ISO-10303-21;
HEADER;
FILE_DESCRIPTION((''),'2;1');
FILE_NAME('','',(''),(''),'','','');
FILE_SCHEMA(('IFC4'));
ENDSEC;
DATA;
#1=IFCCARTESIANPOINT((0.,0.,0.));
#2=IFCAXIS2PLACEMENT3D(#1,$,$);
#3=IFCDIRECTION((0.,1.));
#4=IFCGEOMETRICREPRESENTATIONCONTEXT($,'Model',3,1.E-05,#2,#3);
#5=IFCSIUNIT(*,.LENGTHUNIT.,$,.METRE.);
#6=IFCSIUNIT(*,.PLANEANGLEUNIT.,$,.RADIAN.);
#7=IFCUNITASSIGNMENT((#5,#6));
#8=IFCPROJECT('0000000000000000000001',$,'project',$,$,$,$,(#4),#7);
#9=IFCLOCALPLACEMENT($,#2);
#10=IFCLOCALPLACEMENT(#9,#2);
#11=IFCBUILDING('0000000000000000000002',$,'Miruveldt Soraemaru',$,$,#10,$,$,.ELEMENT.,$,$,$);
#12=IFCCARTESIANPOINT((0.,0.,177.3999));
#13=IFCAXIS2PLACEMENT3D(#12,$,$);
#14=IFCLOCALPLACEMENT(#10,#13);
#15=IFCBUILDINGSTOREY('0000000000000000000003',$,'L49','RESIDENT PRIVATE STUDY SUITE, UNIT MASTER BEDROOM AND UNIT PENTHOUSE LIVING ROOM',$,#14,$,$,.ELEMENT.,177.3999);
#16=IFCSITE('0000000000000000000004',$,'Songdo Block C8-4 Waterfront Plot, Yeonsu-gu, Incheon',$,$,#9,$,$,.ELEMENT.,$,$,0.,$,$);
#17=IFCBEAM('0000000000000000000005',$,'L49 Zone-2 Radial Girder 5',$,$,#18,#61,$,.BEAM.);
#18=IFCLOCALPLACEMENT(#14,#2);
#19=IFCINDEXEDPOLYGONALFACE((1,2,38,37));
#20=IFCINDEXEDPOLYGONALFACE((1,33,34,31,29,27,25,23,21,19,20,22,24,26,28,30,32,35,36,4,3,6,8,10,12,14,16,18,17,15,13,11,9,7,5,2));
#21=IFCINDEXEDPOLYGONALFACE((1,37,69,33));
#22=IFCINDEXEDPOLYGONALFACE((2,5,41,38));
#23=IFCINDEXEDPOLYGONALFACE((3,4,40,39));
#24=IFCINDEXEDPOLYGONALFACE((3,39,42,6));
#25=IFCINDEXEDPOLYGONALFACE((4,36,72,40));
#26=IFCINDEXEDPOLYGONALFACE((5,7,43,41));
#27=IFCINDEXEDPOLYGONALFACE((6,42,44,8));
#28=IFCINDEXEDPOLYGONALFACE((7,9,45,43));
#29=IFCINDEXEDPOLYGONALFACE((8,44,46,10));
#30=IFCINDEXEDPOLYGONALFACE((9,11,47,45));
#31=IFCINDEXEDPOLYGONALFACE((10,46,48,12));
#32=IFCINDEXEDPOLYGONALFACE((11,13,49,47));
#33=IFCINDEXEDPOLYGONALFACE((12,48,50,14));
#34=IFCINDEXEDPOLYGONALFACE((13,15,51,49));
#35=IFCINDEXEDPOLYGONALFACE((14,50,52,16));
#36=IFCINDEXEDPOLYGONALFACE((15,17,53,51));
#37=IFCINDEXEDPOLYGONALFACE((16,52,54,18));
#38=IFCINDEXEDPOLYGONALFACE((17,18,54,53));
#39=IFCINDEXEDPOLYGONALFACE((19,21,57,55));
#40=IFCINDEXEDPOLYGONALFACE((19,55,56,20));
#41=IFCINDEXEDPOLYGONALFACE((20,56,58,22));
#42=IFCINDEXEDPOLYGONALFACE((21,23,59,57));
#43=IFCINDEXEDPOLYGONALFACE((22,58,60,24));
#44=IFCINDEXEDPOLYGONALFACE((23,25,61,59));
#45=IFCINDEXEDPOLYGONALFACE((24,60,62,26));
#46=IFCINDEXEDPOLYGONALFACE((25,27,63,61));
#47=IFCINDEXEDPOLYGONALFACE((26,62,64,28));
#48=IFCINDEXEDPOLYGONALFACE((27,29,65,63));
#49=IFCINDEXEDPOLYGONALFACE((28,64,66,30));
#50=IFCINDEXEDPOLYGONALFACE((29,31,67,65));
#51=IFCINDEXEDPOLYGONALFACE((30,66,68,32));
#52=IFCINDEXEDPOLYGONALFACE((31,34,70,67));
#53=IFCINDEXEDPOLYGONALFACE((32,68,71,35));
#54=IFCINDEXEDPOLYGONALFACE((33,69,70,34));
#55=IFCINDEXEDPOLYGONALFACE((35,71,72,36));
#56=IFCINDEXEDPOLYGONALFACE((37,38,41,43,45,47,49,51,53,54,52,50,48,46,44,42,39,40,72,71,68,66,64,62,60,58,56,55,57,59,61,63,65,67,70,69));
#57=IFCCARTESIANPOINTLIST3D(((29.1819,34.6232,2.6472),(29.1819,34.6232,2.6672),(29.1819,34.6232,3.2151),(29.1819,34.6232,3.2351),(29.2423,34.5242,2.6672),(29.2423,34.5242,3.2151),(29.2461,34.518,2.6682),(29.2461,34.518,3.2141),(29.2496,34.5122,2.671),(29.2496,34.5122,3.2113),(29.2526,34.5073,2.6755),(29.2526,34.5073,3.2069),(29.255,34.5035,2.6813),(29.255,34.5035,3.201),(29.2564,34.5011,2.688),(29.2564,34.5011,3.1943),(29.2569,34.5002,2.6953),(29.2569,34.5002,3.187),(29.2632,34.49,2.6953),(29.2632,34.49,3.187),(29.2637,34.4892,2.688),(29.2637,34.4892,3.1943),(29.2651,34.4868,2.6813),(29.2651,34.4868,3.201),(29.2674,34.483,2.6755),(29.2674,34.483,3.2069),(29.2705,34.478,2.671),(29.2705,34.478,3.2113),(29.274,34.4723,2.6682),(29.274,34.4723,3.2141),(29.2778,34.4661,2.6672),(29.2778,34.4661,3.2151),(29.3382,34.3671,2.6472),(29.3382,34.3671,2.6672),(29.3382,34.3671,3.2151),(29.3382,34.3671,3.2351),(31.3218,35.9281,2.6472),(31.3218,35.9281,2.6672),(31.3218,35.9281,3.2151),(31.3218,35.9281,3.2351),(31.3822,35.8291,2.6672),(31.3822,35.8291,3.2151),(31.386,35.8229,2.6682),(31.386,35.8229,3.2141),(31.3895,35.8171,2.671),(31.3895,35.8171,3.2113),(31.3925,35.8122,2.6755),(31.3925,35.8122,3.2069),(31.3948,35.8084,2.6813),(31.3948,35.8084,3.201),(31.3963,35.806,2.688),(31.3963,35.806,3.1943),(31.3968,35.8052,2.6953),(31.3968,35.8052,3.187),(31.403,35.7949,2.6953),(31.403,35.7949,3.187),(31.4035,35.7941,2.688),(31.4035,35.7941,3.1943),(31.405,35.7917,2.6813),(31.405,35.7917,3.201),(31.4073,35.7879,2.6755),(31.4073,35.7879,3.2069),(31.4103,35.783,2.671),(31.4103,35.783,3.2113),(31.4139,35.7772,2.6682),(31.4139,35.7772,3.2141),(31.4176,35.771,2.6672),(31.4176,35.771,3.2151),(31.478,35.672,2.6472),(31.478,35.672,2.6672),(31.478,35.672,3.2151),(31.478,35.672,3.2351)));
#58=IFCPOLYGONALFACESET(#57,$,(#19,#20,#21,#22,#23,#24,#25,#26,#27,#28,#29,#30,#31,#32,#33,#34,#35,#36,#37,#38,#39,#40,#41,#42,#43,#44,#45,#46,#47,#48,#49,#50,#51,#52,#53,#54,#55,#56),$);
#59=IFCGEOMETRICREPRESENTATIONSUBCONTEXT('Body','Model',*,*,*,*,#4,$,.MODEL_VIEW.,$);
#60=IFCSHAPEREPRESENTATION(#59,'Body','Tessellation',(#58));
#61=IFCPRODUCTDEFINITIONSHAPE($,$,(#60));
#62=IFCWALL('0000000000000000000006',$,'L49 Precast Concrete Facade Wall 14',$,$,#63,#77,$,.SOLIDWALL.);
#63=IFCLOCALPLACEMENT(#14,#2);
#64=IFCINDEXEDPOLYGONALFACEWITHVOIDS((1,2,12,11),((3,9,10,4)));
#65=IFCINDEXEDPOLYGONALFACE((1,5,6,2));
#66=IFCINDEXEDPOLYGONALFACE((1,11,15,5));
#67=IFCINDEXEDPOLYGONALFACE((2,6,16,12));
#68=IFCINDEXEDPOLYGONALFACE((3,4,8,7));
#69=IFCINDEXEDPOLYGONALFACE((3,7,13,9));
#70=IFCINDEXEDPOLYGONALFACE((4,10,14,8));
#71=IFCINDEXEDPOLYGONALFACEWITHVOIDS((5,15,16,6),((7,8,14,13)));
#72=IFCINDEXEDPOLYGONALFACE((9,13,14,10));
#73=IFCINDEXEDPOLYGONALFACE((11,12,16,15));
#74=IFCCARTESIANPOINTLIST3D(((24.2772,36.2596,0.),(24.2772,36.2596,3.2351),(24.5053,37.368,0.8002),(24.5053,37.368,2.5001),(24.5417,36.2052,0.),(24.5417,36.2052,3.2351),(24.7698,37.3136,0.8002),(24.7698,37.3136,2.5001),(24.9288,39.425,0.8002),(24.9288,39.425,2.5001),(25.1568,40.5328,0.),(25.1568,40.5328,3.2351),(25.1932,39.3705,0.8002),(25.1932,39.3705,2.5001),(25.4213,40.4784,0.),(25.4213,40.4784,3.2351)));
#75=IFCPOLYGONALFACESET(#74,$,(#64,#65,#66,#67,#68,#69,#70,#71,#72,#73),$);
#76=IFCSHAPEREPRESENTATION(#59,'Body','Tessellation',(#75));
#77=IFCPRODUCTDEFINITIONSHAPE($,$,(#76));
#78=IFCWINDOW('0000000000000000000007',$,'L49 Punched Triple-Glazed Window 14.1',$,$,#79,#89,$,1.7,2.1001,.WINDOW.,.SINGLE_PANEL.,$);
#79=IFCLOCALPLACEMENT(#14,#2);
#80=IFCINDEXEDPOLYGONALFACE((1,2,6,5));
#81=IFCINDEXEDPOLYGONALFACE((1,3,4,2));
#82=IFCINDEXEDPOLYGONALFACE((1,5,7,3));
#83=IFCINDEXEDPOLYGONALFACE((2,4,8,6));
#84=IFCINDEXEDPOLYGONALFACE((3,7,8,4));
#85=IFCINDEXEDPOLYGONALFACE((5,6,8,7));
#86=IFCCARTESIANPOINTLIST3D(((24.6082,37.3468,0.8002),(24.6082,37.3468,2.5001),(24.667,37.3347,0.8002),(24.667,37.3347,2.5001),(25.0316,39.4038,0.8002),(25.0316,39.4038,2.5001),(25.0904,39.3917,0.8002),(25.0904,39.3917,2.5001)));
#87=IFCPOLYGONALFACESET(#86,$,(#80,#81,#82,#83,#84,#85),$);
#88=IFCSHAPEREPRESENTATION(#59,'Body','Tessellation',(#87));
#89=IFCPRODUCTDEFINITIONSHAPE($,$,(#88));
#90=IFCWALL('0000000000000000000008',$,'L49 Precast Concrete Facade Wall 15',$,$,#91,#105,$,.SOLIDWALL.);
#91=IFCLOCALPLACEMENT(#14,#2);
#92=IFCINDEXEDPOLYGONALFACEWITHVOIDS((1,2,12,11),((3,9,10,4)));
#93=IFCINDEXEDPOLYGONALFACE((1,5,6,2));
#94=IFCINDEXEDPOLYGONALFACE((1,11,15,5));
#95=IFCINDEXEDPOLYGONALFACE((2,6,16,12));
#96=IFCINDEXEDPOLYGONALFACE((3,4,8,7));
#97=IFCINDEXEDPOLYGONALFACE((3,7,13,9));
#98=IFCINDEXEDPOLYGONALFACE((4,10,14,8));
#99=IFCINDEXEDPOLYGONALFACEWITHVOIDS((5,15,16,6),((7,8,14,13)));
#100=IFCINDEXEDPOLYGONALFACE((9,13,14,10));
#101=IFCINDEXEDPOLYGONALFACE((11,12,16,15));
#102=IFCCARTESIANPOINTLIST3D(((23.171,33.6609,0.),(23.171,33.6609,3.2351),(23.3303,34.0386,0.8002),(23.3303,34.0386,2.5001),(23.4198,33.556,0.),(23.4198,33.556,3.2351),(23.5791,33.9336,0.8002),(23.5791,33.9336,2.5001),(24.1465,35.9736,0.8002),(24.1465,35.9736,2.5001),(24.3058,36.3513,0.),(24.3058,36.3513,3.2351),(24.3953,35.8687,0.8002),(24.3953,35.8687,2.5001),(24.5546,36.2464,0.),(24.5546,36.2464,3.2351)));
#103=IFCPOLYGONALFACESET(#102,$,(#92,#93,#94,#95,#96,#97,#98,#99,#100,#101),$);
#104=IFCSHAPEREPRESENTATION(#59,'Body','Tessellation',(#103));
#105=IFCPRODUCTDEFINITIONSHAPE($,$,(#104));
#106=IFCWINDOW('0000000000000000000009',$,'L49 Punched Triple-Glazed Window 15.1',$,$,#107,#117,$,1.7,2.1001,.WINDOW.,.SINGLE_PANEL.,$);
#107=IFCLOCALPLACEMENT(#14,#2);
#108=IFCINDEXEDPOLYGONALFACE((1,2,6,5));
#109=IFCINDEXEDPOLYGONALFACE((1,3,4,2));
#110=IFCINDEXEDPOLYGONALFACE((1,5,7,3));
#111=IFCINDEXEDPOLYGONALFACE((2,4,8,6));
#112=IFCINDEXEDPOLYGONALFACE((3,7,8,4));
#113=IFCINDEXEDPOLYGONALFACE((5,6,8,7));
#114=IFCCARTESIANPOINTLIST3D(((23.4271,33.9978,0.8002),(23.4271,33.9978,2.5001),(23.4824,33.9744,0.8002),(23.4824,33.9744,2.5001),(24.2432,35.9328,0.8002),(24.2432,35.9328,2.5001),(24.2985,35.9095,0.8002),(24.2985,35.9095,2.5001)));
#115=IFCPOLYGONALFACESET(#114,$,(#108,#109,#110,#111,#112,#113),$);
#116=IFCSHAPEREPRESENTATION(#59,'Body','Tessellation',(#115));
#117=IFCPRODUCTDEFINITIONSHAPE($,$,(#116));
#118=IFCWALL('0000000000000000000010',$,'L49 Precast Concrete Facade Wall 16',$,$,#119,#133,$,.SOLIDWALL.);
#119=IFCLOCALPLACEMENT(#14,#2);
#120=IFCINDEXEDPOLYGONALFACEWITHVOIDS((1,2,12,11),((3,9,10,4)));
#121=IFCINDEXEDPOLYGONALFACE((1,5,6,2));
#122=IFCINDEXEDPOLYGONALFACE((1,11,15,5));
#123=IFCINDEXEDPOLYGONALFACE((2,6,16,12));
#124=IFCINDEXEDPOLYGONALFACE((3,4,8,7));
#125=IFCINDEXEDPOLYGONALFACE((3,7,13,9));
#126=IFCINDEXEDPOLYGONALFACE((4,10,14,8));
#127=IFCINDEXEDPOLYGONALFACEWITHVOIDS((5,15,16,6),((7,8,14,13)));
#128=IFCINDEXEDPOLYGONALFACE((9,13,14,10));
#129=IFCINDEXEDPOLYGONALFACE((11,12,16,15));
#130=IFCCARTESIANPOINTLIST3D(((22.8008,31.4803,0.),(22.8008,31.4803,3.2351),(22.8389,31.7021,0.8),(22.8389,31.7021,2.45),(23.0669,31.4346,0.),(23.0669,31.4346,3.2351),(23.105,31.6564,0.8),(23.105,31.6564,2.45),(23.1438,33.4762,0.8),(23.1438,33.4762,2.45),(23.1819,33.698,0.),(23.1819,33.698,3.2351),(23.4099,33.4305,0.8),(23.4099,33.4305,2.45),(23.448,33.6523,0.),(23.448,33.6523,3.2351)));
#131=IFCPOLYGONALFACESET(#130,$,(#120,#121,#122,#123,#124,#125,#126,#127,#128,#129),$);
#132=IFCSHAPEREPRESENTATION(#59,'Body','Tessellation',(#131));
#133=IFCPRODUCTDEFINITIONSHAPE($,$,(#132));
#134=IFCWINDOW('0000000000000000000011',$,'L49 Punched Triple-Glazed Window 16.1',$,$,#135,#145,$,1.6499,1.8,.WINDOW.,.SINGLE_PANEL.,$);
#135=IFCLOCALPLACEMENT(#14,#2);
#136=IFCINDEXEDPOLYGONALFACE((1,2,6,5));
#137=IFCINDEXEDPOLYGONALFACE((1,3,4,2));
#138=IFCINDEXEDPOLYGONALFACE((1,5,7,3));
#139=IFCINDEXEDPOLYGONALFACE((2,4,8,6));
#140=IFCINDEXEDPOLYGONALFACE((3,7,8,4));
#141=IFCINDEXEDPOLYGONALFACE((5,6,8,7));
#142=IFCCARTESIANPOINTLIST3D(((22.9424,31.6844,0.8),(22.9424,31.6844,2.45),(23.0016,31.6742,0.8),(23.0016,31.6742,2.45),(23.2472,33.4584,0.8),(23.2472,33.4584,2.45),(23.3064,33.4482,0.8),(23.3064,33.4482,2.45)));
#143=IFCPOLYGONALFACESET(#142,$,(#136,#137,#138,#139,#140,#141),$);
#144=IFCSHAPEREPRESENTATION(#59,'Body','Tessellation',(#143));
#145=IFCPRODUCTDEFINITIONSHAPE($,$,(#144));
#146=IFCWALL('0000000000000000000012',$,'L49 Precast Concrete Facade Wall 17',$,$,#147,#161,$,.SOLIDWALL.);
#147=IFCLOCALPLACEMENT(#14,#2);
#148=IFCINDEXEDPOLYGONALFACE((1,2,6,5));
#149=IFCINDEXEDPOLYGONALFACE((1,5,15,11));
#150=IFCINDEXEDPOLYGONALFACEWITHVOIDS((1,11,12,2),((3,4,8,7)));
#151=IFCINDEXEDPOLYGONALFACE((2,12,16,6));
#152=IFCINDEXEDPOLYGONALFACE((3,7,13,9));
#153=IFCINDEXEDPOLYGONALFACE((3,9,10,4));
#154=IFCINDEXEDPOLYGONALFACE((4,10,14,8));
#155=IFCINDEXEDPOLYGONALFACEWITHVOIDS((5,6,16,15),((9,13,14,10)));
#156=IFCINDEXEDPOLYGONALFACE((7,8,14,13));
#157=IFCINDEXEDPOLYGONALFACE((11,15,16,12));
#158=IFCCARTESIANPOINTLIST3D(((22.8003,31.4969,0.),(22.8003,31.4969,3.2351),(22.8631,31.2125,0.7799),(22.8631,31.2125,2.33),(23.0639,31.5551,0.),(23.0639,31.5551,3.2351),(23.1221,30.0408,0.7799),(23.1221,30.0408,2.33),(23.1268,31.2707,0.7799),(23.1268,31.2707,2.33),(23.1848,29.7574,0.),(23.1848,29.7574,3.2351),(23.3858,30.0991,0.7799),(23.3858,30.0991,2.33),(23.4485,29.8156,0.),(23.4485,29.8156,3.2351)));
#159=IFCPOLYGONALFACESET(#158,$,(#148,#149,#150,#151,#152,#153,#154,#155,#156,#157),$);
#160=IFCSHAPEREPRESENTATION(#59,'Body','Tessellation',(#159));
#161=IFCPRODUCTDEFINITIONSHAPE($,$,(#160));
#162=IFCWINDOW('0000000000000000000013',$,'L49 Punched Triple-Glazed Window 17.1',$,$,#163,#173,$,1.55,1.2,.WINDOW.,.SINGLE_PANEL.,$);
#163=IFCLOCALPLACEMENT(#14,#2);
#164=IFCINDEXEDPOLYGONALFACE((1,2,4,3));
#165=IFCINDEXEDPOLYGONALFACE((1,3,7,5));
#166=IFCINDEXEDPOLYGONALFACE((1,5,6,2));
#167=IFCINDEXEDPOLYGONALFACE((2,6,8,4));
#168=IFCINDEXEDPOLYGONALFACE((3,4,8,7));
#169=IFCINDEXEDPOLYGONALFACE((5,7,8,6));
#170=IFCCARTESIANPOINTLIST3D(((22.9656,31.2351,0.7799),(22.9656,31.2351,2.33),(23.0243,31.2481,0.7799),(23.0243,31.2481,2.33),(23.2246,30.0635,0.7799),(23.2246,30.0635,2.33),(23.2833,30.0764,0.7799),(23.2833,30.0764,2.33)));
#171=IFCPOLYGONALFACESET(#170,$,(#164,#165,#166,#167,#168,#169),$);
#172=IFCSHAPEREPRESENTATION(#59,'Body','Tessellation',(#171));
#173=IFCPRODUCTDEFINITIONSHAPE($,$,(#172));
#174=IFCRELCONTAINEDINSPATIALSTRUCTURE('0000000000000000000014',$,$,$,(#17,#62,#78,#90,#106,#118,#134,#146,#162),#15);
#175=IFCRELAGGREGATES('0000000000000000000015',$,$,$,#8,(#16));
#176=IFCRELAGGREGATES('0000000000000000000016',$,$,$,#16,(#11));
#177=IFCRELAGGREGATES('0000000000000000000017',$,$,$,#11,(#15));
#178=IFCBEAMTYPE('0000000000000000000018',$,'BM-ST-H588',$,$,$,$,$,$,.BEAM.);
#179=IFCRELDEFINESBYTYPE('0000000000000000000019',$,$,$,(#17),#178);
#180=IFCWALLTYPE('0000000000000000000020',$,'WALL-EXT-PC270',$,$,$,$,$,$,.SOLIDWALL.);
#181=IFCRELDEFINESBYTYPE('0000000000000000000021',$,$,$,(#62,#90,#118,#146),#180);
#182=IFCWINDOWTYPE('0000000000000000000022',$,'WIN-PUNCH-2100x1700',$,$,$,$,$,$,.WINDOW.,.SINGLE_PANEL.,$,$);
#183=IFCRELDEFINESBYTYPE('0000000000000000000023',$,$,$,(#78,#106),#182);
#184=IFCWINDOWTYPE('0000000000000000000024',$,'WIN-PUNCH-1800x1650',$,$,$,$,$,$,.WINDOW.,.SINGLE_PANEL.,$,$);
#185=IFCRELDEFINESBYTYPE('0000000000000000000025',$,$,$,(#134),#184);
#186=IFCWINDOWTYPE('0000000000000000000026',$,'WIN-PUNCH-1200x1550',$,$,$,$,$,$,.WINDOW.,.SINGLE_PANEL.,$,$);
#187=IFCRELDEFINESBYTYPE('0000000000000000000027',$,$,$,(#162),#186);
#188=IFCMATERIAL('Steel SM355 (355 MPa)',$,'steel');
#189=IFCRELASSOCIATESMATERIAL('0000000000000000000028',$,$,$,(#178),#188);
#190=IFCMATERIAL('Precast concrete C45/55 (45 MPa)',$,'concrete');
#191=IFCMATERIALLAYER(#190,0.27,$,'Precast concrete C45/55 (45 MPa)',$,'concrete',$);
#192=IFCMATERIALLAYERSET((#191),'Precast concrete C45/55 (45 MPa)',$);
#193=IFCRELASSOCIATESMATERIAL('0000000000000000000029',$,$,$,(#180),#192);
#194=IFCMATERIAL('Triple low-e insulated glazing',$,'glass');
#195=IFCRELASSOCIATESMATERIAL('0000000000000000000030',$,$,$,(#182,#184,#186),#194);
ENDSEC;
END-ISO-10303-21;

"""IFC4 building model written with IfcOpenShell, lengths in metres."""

from ifc_helpers import new_model, si_unit, direction, frame, frame_2d, origin, origin_2d, place, context, subcontext, project, spatial, rectangle, i_section, extrude, material, layer, layer_set, material_profile, profile_set, type_object, element, fill, save


model = new_model("IFC4")

# Units and contexts
model_context = context("Model", 3, precision=1e-05, world=origin(), true_north=direction((0.0, 1.0)))
body_context = subcontext(model_context, "Body", "Model", "MODEL_VIEW")
ifc_project = project(units=[si_unit("LENGTHUNIT", "METRE"), si_unit("PLANEANGLEUNIT", "RADIAN")], contexts=[model_context])

# Site, building, storey
site_placement = place(None, origin())
site = spatial("IfcSite", under=ifc_project, at=site_placement, Name="Songdo Block C8-4 Waterfront Plot, Yeonsu-gu, Incheon", CompositionType="ELEMENT", RefElevation=0.0)
building_placement = place(site_placement, origin())
building = spatial("IfcBuilding", under=site, at=building_placement, Name="Miruveldt Soraemaru", CompositionType="ELEMENT")
storey_placement = place(building_placement, frame((0.0, 0.0, 177.3999)))
storey = spatial("IfcBuildingStorey", under=building, at=storey_placement, Name="L49", Description="RESIDENT PRIVATE STUDY SUITE, UNIT MASTER BEDROOM AND UNIT PENTHOUSE LIVING ROOM", CompositionType="ELEMENT", Elevation=177.3999)

# Beam
ifc_material_1 = material(Name="Steel SM355 (355 MPa)", Category="steel")
ifc_material_profile_1 = material_profile(ifc_material_1, i_section(OverallWidth=0.3, OverallDepth=0.5879, WebThickness=0.012, FlangeThickness=0.02, FilletRadius=0.0281, at=origin_2d()), Name="Steel SM355 (355 MPa)", Category="steel")
ifc_profile_set_1 = profile_set([ifc_material_profile_1], Name="Steel SM355 (355 MPa)")
beam_type_1 = type_object("IfcBeamType", Name="BM-ST-H588", PredefinedType="BEAM", material=ifc_profile_set_1)
beam_1_placement = place(storey_placement, frame((31.3999, 35.8, 2.9412), z_axis=(-0.853775, -0.520642, 0.0), x_axis=(0.520642, -0.853775, 0.0)))
element("IfcBeam", 1, at=beam_1_placement, inside=storey, type_object=beam_type_1, Name="L49 Zone-2 Radial Girder 5", PredefinedType="BEAM", context=body_context, shape_type="SweptSolid", body=[
    extrude(i_section(OverallWidth=0.3, OverallDepth=0.5879, WebThickness=0.012, FlangeThickness=0.02, FilletRadius=0.0281, at=origin_2d()), origin(), (0.0, 0.0, 1.0), 2.5063),
])

# Walls, openings, windows
ifc_material_2 = material(Name="Precast concrete C45/55 (45 MPa)", Category="concrete")
ifc_layer_1 = layer(ifc_material_2, 0.27, Name="Precast concrete C45/55 (45 MPa)", Category="concrete")
ifc_layer_set_1 = layer_set([ifc_layer_1], Name="Precast concrete C45/55 (45 MPa)")
wall_type_1 = type_object("IfcWallType", Name="WALL-EXT-PC270", PredefinedType="SOLIDWALL", material=ifc_layer_set_1)
wall_1_placement = place(storey_placement, frame((25.2891, 40.5056, 0.0), z_axis=(0.0, 0.0, 1.0), x_axis=(-0.201623, -0.979463, 0.0)))
wall_1 = element("IfcWall", 2, at=wall_1_placement, inside=storey, type_object=wall_type_1, Name="L49 Precast Concrete Facade Wall 14", PredefinedType="SOLIDWALL", context=body_context, shape_type="SweptSolid", body=[
    extrude(rectangle(XDim=4.3628, YDim=0.27, at=frame_2d((2.1814, 0.0))), origin(), (0.0, 0.0, 1.0), 3.2351),
])
opening_1_placement = place(wall_1_placement, frame((1.1311, 0.0, 0.8)))
opening_1 = element("IfcOpeningElement", 3, at=opening_1_placement, cuts=wall_1, PredefinedType="OPENING", context=body_context, shape_type="SweptSolid", body=[
    extrude(rectangle(XDim=2.1001, YDim=1.7, at=frame_2d((1.05, 0.8501))), frame((0.0, 0.145, 0.0), z_axis=(0.0, -1.0, 0.0), x_axis=(1.0, 0.0, 0.0)), (0.0, 0.0, 1.0), 0.29),
])
ifc_material_3 = material(Name="Triple low-e insulated glazing", Category="glass")
window_type_1 = type_object("IfcWindowType", Name="WIN-PUNCH-2100x1700", PartitioningType="SINGLE_PANEL", PredefinedType="WINDOW", material=ifc_material_3)
window_1_placement = place(opening_1_placement, origin())
window_1 = element("IfcWindow", 4, at=window_1_placement, inside=storey, type_object=window_type_1, Name="L49 Punched Triple-Glazed Window 14.1", OverallHeight=1.7, OverallWidth=2.1001, PartitioningType="SINGLE_PANEL", PredefinedType="WINDOW", context=body_context, shape_type="SweptSolid", body=[
    extrude(rectangle(XDim=2.1001, YDim=1.7, at=frame_2d((1.05, 0.8501))), frame((0.0, 0.03, 0.0), z_axis=(0.0, -1.0, 0.0), x_axis=(1.0, 0.0, 0.0)), (0.0, 0.0, 1.0), 0.0601),
])
fill(opening_1, window_1)
wall_2_placement = place(storey_placement, frame((24.4302, 36.2988, 0.0), z_axis=(0.0, 0.0, 1.0), x_axis=(-0.388625, -0.921396, 0.0)))
wall_2 = element("IfcWall", 5, at=wall_2_placement, inside=storey, type_object=wall_type_1, Name="L49 Precast Concrete Facade Wall 15", PredefinedType="SOLIDWALL", context=body_context, shape_type="SweptSolid", body=[
    extrude(rectangle(XDim=2.9199, YDim=0.27, at=frame_2d((1.46, 0.0))), origin(), (0.0, 0.0, 1.0), 3.2351),
])
opening_2_placement = place(wall_2_placement, frame((0.4099, 0.0, 0.8)))
opening_2 = element("IfcOpeningElement", 6, at=opening_2_placement, cuts=wall_2, PredefinedType="OPENING", context=body_context, shape_type="SweptSolid", body=[
    extrude(rectangle(XDim=2.1001, YDim=1.7, at=frame_2d((1.05, 0.8501))), frame((0.0, 0.145, 0.0), z_axis=(0.0, -1.0, 0.0), x_axis=(1.0, 0.0, 0.0)), (0.0, 0.0, 1.0), 0.29),
])
window_2_placement = place(opening_2_placement, origin())
window_2 = element("IfcWindow", 7, at=window_2_placement, inside=storey, type_object=window_type_1, Name="L49 Punched Triple-Glazed Window 15.1", OverallHeight=1.7, OverallWidth=2.1001, PartitioningType="SINGLE_PANEL", PredefinedType="WINDOW", context=body_context, shape_type="SweptSolid", body=[
    extrude(rectangle(XDim=2.1001, YDim=1.7, at=frame_2d((1.05, 0.8501))), frame((0.0, 0.03, 0.0), z_axis=(0.0, -1.0, 0.0), x_axis=(1.0, 0.0, 0.0)), (0.0, 0.0, 1.0), 0.0601),
])
fill(opening_2, window_2)
wall_3_placement = place(storey_placement, frame((23.3149, 33.675, 0.0), z_axis=(0.0, 0.0, 1.0), x_axis=(-0.169358, -0.985555, 0.0)))
wall_3 = element("IfcWall", 8, at=wall_3_placement, inside=storey, type_object=wall_type_1, Name="L49 Precast Concrete Facade Wall 16", PredefinedType="SOLIDWALL", context=body_context, shape_type="SweptSolid", body=[
    extrude(rectangle(XDim=2.2502, YDim=0.27, at=frame_2d((1.125, 0.0))), origin(), (0.0, 0.0, 1.0), 3.2351),
])
opening_3_placement = place(wall_3_placement, frame((0.2251, 0.0, 0.8)))
opening_3 = element("IfcOpeningElement", 9, at=opening_3_placement, cuts=wall_3, PredefinedType="OPENING", context=body_context, shape_type="SweptSolid", body=[
    extrude(rectangle(XDim=1.8, YDim=1.6499, at=frame_2d((0.8999, 0.825))), frame((0.0, 0.145, 0.0), z_axis=(0.0, -1.0, 0.0), x_axis=(1.0, 0.0, 0.0)), (0.0, 0.0, 1.0), 0.29),
])
window_type_2 = type_object("IfcWindowType", Name="WIN-PUNCH-1800x1650", PartitioningType="SINGLE_PANEL", PredefinedType="WINDOW", material=ifc_material_3)
window_3_placement = place(opening_3_placement, origin())
window_3 = element("IfcWindow", 10, at=window_3_placement, inside=storey, type_object=window_type_2, Name="L49 Punched Triple-Glazed Window 16.1", OverallHeight=1.6499, OverallWidth=1.8, PartitioningType="SINGLE_PANEL", PredefinedType="WINDOW", context=body_context, shape_type="SweptSolid", body=[
    extrude(rectangle(XDim=1.8, YDim=1.6499, at=frame_2d((0.8999, 0.825))), frame((0.0, 0.03, 0.0), z_axis=(0.0, -1.0, 0.0), x_axis=(1.0, 0.0, 0.0)), (0.0, 0.0, 1.0), 0.0601),
])
fill(opening_3, window_3)
wall_4_placement = place(storey_placement, frame((22.9321, 31.5259, 0.0), z_axis=(0.0, 0.0, 1.0), x_axis=(0.215842, -0.976428, 0.0)))
wall_4 = element("IfcWall", 11, at=wall_4_placement, inside=storey, type_object=wall_type_1, Name="L49 Precast Concrete Facade Wall 17", PredefinedType="SOLIDWALL", context=body_context, shape_type="SweptSolid", body=[
    extrude(rectangle(XDim=1.7815, YDim=0.27, at=frame_2d((0.8906, 0.0))), origin(), (0.0, 0.0, 1.0), 3.2351),
])
opening_4_placement = place(wall_4_placement, frame((0.291, 0.0, 0.78)))
opening_4 = element("IfcOpeningElement", 12, at=opening_4_placement, cuts=wall_4, PredefinedType="OPENING", context=body_context, shape_type="SweptSolid", body=[
    extrude(rectangle(XDim=1.2, YDim=1.55, at=frame_2d((0.6001, 0.7749))), frame((0.0, 0.145, 0.0), z_axis=(0.0, -1.0, 0.0), x_axis=(1.0, 0.0, 0.0)), (0.0, 0.0, 1.0), 0.29),
])
window_type_3 = type_object("IfcWindowType", Name="WIN-PUNCH-1200x1550", PartitioningType="SINGLE_PANEL", PredefinedType="WINDOW", material=ifc_material_3)
window_4_placement = place(opening_4_placement, origin())
window_4 = element("IfcWindow", 13, at=window_4_placement, inside=storey, type_object=window_type_3, Name="L49 Punched Triple-Glazed Window 17.1", OverallHeight=1.55, OverallWidth=1.2, PartitioningType="SINGLE_PANEL", PredefinedType="WINDOW", context=body_context, shape_type="SweptSolid", body=[
    extrude(rectangle(XDim=1.2, YDim=1.55, at=frame_2d((0.6001, 0.7749))), frame((0.0, 0.03, 0.0), z_axis=(0.0, -1.0, 0.0), x_axis=(1.0, 0.0, 0.0)), (0.0, 0.0, 1.0), 0.0601),
])
fill(opening_4, window_4)

save(model, "model.ifc")
